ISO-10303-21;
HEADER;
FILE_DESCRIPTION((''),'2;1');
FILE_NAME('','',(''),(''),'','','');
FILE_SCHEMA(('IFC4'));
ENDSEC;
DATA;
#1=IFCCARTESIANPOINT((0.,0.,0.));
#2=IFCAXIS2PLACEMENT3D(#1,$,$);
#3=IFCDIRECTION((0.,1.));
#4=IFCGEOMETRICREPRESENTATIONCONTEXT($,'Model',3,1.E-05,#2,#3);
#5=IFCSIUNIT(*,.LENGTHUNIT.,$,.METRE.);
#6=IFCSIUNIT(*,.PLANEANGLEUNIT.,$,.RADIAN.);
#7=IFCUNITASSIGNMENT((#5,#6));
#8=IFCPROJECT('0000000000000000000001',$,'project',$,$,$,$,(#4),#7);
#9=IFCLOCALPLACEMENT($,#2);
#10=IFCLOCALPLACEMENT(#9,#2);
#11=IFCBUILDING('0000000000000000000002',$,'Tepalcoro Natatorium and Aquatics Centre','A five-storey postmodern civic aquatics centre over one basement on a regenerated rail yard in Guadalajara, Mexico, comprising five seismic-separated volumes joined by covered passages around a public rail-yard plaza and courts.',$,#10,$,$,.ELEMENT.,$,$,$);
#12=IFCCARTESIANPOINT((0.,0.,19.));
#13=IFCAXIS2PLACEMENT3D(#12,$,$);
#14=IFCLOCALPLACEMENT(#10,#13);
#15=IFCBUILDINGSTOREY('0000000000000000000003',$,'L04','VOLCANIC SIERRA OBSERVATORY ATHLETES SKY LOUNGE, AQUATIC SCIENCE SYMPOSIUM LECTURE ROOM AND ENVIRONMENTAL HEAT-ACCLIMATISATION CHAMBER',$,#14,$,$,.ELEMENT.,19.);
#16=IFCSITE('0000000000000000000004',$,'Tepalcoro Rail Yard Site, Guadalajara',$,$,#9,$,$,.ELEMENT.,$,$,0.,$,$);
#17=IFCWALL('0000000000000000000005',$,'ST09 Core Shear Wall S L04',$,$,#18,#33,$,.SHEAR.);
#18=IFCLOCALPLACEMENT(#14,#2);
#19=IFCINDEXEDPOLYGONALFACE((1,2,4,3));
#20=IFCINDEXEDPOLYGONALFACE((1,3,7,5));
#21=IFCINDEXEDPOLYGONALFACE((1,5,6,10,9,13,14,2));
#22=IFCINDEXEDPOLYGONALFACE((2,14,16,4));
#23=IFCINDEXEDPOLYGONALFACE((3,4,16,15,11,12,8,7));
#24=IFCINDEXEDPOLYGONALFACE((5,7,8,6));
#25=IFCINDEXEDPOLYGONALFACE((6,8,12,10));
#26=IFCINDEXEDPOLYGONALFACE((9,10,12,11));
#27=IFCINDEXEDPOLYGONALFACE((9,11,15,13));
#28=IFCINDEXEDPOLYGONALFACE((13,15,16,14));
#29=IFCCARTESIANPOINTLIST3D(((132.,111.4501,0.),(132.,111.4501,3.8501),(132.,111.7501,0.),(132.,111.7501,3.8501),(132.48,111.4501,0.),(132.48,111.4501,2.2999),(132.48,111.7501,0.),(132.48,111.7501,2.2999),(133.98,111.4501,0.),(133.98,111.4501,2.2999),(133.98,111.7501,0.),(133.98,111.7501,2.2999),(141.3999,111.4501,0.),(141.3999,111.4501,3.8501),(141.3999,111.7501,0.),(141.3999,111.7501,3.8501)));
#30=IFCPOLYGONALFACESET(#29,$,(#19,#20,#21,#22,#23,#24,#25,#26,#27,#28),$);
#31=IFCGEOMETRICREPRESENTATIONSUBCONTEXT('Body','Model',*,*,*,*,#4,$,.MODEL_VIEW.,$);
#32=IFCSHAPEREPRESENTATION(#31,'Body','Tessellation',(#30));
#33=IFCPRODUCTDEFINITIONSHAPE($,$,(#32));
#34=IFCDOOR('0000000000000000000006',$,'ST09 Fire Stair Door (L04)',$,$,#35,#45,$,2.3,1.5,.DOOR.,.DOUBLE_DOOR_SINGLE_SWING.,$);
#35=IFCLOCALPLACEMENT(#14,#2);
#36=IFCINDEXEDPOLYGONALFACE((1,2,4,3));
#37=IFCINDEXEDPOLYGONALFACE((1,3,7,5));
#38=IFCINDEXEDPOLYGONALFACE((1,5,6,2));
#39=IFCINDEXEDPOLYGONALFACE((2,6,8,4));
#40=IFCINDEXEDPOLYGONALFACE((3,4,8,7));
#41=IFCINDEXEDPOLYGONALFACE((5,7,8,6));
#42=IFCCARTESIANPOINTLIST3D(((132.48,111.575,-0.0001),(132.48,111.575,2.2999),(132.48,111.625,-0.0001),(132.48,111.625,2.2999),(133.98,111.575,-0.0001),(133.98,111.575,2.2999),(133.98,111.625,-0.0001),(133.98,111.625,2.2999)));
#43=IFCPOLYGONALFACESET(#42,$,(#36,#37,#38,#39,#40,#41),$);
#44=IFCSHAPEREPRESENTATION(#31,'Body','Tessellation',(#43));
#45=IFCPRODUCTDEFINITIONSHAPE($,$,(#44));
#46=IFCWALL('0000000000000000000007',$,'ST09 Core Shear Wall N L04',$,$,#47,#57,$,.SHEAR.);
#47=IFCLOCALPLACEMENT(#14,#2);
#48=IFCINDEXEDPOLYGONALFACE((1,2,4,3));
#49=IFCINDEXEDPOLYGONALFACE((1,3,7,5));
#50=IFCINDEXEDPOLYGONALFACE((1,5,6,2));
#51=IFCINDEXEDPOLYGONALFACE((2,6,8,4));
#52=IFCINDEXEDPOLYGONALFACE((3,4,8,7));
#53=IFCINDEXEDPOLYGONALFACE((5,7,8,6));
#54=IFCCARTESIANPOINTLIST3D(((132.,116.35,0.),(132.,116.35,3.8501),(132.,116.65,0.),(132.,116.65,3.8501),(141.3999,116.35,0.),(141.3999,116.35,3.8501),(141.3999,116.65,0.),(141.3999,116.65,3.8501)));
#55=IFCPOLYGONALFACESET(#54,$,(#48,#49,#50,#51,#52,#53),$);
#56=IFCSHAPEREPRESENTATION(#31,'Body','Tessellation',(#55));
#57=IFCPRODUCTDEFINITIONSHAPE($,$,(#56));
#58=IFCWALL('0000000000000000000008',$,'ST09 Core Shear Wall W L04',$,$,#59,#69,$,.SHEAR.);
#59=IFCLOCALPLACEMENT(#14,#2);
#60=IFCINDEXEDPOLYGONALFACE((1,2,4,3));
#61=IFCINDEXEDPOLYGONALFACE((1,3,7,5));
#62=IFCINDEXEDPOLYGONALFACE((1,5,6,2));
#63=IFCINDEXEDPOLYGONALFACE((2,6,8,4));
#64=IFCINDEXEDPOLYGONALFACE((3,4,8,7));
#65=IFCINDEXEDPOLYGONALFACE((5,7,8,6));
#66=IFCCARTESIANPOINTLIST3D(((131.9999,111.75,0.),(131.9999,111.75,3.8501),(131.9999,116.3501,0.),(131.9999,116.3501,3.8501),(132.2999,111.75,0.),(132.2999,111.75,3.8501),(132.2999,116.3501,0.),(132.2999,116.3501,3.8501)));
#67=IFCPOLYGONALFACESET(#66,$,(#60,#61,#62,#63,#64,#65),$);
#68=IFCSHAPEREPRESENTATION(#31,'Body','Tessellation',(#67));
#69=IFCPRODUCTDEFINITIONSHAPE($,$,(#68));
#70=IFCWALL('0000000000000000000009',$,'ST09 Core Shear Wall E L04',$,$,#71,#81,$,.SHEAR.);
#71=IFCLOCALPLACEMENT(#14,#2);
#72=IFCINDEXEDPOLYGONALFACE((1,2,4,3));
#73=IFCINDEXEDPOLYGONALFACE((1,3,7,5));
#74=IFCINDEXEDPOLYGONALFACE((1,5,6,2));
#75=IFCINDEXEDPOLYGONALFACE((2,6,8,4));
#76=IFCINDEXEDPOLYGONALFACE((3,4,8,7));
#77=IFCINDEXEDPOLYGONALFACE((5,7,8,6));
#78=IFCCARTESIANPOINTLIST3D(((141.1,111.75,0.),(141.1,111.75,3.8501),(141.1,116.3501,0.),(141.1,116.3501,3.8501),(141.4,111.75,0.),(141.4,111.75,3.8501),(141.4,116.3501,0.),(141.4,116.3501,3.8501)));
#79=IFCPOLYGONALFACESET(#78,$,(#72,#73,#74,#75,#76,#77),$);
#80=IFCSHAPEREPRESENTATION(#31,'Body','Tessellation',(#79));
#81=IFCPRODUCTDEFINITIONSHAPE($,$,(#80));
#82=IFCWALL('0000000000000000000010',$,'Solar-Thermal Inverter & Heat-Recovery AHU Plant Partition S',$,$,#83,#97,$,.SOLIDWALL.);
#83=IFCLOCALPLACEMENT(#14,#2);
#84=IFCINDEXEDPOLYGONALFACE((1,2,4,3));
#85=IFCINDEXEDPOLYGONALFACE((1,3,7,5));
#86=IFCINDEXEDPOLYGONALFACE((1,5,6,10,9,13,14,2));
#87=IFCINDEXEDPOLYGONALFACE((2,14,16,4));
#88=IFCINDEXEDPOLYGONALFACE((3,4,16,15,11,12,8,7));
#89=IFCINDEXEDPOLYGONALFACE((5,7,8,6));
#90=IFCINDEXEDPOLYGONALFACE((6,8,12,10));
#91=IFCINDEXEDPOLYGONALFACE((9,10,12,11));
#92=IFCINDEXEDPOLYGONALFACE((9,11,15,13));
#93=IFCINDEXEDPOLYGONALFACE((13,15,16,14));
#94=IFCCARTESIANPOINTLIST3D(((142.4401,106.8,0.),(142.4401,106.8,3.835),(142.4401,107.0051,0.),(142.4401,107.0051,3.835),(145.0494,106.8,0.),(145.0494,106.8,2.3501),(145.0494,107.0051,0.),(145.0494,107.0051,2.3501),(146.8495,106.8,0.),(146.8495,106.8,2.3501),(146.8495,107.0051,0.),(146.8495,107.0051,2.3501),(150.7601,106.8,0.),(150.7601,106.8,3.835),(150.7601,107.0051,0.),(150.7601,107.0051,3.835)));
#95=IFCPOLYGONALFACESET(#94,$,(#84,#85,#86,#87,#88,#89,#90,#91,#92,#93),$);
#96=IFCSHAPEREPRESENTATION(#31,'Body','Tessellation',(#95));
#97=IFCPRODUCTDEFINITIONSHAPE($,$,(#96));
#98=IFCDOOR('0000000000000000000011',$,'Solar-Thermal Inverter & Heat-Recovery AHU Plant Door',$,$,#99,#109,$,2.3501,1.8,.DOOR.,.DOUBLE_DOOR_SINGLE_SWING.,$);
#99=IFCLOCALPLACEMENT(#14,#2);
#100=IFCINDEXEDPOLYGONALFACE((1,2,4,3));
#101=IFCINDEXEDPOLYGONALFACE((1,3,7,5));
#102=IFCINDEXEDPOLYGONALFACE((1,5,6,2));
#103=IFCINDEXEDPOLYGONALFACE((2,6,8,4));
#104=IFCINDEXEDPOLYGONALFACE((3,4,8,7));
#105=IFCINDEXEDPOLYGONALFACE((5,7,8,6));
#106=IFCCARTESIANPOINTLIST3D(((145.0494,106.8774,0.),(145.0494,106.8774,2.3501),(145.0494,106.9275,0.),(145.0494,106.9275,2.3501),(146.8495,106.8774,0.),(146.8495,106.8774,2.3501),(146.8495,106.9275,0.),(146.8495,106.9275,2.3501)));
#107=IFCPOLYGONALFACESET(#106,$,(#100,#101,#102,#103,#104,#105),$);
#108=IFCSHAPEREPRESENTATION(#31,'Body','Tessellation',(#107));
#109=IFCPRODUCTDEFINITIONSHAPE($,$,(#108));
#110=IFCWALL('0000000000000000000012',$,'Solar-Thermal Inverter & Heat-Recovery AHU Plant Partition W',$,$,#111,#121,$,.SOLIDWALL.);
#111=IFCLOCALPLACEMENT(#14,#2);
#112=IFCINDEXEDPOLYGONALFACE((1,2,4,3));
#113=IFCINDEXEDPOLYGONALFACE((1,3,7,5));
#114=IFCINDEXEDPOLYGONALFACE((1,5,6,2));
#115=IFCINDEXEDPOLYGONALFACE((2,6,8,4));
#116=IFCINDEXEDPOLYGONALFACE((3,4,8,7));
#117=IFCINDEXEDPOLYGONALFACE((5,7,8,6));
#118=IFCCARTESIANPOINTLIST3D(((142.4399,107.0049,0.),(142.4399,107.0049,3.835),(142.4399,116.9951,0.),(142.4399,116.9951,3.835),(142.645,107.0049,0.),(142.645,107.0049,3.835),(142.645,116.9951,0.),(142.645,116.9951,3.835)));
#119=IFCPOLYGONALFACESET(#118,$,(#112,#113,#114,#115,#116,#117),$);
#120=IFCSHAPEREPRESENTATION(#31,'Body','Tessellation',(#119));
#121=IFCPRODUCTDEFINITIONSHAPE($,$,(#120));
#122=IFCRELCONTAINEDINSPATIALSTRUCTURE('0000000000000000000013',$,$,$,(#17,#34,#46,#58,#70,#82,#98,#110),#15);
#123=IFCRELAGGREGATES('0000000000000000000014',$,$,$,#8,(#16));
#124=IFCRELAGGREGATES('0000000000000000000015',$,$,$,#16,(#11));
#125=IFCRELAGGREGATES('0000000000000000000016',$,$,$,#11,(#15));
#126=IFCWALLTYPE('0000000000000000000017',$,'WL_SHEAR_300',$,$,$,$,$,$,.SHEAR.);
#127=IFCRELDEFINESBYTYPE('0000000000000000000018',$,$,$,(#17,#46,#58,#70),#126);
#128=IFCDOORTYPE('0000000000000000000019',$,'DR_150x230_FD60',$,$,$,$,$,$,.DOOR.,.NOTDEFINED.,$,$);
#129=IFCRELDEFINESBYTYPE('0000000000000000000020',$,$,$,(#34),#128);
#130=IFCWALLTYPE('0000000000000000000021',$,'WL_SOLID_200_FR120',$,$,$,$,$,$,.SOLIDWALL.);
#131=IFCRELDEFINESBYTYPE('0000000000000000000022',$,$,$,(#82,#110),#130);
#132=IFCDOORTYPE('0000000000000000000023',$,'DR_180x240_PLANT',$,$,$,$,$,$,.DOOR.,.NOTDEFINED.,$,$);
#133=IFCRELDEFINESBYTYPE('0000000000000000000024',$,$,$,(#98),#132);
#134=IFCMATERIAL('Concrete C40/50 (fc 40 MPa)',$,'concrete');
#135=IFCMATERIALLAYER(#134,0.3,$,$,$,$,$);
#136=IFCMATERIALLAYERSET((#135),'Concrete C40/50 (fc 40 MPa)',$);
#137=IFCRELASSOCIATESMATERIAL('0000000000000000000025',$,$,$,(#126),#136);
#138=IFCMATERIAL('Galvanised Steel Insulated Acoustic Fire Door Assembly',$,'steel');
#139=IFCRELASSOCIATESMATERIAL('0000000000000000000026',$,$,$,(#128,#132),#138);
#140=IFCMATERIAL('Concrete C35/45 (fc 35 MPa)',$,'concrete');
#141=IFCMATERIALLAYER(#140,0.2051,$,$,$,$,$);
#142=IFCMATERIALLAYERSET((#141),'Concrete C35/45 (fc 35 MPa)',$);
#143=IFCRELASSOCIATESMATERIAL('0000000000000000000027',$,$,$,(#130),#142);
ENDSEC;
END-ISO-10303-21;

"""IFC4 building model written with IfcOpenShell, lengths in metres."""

from ifc_helpers import new_model, si_unit, direction, frame, frame_2d, origin, place, context, subcontext, project, spatial, rectangle, extrude, material, layer, layer_set, type_object, element, fill, save


model = new_model("IFC4")

# Units and contexts
model_context = context("Model", 3, precision=1e-05, world=origin(), true_north=direction((0.0, 1.0)))
body_context = subcontext(model_context, "Body", "Model", "MODEL_VIEW")
ifc_project = project(units=[si_unit("LENGTHUNIT", "METRE"), si_unit("PLANEANGLEUNIT", "RADIAN")], contexts=[model_context])

# Site, building, storey
site_placement = place(None, origin())
site = spatial("IfcSite", under=ifc_project, at=site_placement, Name="Tepalcoro Rail Yard Site, Guadalajara", CompositionType="ELEMENT", RefElevation=0.0)
building_placement = place(site_placement, origin())
building = spatial("IfcBuilding", under=site, at=building_placement, Name="Tepalcoro Natatorium and Aquatics Centre", Description="A five-storey postmodern civic aquatics centre over one basement on a regenerated rail yard in Guadalajara, Mexico, comprising five seismic-separated volumes joined by covered passages around a public rail-yard plaza and courts.", CompositionType="ELEMENT")
storey_placement = place(building_placement, frame((0.0, 0.0, 19.0)))
storey = spatial("IfcBuildingStorey", under=building, at=storey_placement, Name="L04", Description="VOLCANIC SIERRA OBSERVATORY ATHLETES SKY LOUNGE, AQUATIC SCIENCE SYMPOSIUM LECTURE ROOM AND ENVIRONMENTAL HEAT-ACCLIMATISATION CHAMBER", CompositionType="ELEMENT", Elevation=19.0)

# Shared definitions
ifc_material_1 = material(Name="Concrete C40/50 (fc 40 MPa)", Category="concrete")

# Wall, opening, door
ifc_layer_1 = layer(ifc_material_1, 0.3)
ifc_layer_set_1 = layer_set([ifc_layer_1], Name="Concrete C40/50 (fc 40 MPa)")
wall_type_1 = type_object("IfcWallType", Name="WL_SHEAR_300", PredefinedType="SHEAR", material=ifc_layer_set_1)
wall_1_placement = place(storey_placement, frame((132.0, 111.6001, 0.0), z_axis=(0.0, 0.0, 1.0), x_axis=(1.0, 0.0, 0.0)))
wall_1 = element("IfcWall", 1, at=wall_1_placement, inside=storey, type_object=wall_type_1, Name="ST09 Core Shear Wall S L04", PredefinedType="SHEAR", context=body_context, shape_type="SweptSolid", body=[
    extrude(rectangle(XDim=9.3999, YDim=0.3, at=frame_2d((4.7, 0.0))), origin(), (0.0, 0.0, 1.0), 3.8501),
])
opening_1_placement = place(wall_1_placement, frame((0.48, 0.0, 0.0)))
opening_1 = element("IfcOpeningElement", 2, at=opening_1_placement, cuts=wall_1, PredefinedType="OPENING", context=body_context, shape_type="SweptSolid", body=[
    extrude(rectangle(XDim=1.5, YDim=2.3, at=frame_2d((0.75, 1.1499))), frame((0.0, 0.1621, 0.0), z_axis=(0.0, -1.0, 0.0), x_axis=(1.0, 0.0, 0.0)), (0.0, 0.0, 1.0), 0.324),
])
ifc_material_2 = material(Name="Galvanised Steel Insulated Acoustic Fire Door Assembly", Category="steel")
door_type_1 = type_object("IfcDoorType", Name="DR_150x230_FD60", OperationType="NOTDEFINED", PredefinedType="DOOR", material=ifc_material_2)
door_1_placement = place(opening_1_placement, origin())
door_1 = element("IfcDoor", 3, at=door_1_placement, inside=storey, type_object=door_type_1, Name="ST09 Fire Stair Door (L04)", OperationType="DOUBLE_DOOR_SINGLE_SWING", OverallHeight=2.3, OverallWidth=1.5, PredefinedType="DOOR", context=body_context, shape_type="SweptSolid", body=[
    extrude(rectangle(XDim=1.5, YDim=2.3, at=frame_2d((0.75, 1.1499))), frame((0.0, 0.0249, 0.0), z_axis=(0.0, -1.0, 0.0), x_axis=(1.0, 0.0, 0.0)), (0.0, 0.0, 1.0), 0.05),
])
fill(opening_1, door_1)

# Walls
wall_2_placement = place(storey_placement, frame((132.0, 116.5, 0.0), z_axis=(0.0, 0.0, 1.0), x_axis=(1.0, 0.0, 0.0)))
element("IfcWall", 4, at=wall_2_placement, inside=storey, type_object=wall_type_1, Name="ST09 Core Shear Wall N L04", PredefinedType="SHEAR", context=body_context, shape_type="SweptSolid", body=[
    extrude(rectangle(XDim=9.3999, YDim=0.3, at=frame_2d((4.7, 0.0))), origin(), (0.0, 0.0, 1.0), 3.8501),
])
for number, where, z_axis, x_axis, name in (
    (5, (132.1499, 111.75, 0.0), (0.0, 0.0, 1.0), (0.0, 1.0, 0.0), "ST09 Core Shear Wall W L04"),
    (6, (141.25, 111.75, 0.0), (0.0, 0.0, 1.0), (0.0, 1.0, 0.0), "ST09 Core Shear Wall E L04"),
):
    element("IfcWall", number, at=place(storey_placement, frame(where, z_axis=z_axis, x_axis=x_axis)), inside=storey, type_object=wall_type_1, Name=name, PredefinedType="SHEAR", context=body_context, shape_type="SweptSolid", body=[
        extrude(rectangle(XDim=4.6001, YDim=0.3, at=frame_2d((2.3, 0.0))), origin(), (0.0, 0.0, 1.0), 3.8501),
    ])

# Wall, opening, door
ifc_material_3 = material(Name="Concrete C35/45 (fc 35 MPa)", Category="concrete")
ifc_layer_2 = layer(ifc_material_3, 0.2051)
ifc_layer_set_2 = layer_set([ifc_layer_2], Name="Concrete C35/45 (fc 35 MPa)")
wall_type_2 = type_object("IfcWallType", Name="WL_SOLID_200_FR120", PredefinedType="SOLIDWALL", material=ifc_layer_set_2)
wall_3_placement = place(storey_placement, frame((142.4399, 106.9026, 0.0), z_axis=(0.0, 0.0, 1.0), x_axis=(1.0, 0.0, 0.0)))
wall_3 = element("IfcWall", 7, at=wall_3_placement, inside=storey, type_object=wall_type_2, Name="Solar-Thermal Inverter & Heat-Recovery AHU Plant Partition S", PredefinedType="SOLIDWALL", context=body_context, shape_type="SweptSolid", body=[
    extrude(rectangle(XDim=8.3201, YDim=0.2051, at=frame_2d((4.1602, 0.0))), origin(), (0.0, 0.0, 1.0), 3.835),
])
opening_2_placement = place(wall_3_placement, frame((2.6096, 0.0, 0.0)))
opening_2 = element("IfcOpeningElement", 8, at=opening_2_placement, cuts=wall_3, PredefinedType="OPENING", context=body_context, shape_type="SweptSolid", body=[
    extrude(rectangle(XDim=1.8, YDim=2.3501, at=frame_2d((0.8999, 1.175))), frame((0.0, 0.1145, 0.0), z_axis=(0.0, -1.0, 0.0), x_axis=(1.0, 0.0, 0.0)), (0.0, 0.0, 1.0), 0.229),
])
door_type_2 = type_object("IfcDoorType", Name="DR_180x240_PLANT", OperationType="NOTDEFINED", PredefinedType="DOOR", material=ifc_material_2)
door_2_placement = place(opening_2_placement, origin())
door_2 = element("IfcDoor", 9, at=door_2_placement, inside=storey, type_object=door_type_2, Name="Solar-Thermal Inverter & Heat-Recovery AHU Plant Door", OperationType="DOUBLE_DOOR_SINGLE_SWING", OverallHeight=2.3501, OverallWidth=1.8, PredefinedType="DOOR", context=body_context, shape_type="SweptSolid", body=[
    extrude(rectangle(XDim=1.8, YDim=2.3501, at=frame_2d((0.8999, 1.175))), frame((0.0, 0.0249, 0.0), z_axis=(0.0, -1.0, 0.0), x_axis=(1.0, 0.0, 0.0)), (0.0, 0.0, 1.0), 0.05),
])
fill(opening_2, door_2)

# Wall
wall_4_placement = place(storey_placement, frame((142.5425, 107.0049, 0.0), z_axis=(0.0, 0.0, 1.0), x_axis=(0.0, 1.0, 0.0)))
element("IfcWall", 10, at=wall_4_placement, inside=storey, type_object=wall_type_2, Name="Solar-Thermal Inverter & Heat-Recovery AHU Plant Partition W", PredefinedType="SOLIDWALL", context=body_context, shape_type="SweptSolid", body=[
    extrude(rectangle(XDim=9.9902, YDim=0.2051, at=frame_2d((4.9951, 0.0))), origin(), (0.0, 0.0, 1.0), 3.835),
])

save(model, "model.ifc")
